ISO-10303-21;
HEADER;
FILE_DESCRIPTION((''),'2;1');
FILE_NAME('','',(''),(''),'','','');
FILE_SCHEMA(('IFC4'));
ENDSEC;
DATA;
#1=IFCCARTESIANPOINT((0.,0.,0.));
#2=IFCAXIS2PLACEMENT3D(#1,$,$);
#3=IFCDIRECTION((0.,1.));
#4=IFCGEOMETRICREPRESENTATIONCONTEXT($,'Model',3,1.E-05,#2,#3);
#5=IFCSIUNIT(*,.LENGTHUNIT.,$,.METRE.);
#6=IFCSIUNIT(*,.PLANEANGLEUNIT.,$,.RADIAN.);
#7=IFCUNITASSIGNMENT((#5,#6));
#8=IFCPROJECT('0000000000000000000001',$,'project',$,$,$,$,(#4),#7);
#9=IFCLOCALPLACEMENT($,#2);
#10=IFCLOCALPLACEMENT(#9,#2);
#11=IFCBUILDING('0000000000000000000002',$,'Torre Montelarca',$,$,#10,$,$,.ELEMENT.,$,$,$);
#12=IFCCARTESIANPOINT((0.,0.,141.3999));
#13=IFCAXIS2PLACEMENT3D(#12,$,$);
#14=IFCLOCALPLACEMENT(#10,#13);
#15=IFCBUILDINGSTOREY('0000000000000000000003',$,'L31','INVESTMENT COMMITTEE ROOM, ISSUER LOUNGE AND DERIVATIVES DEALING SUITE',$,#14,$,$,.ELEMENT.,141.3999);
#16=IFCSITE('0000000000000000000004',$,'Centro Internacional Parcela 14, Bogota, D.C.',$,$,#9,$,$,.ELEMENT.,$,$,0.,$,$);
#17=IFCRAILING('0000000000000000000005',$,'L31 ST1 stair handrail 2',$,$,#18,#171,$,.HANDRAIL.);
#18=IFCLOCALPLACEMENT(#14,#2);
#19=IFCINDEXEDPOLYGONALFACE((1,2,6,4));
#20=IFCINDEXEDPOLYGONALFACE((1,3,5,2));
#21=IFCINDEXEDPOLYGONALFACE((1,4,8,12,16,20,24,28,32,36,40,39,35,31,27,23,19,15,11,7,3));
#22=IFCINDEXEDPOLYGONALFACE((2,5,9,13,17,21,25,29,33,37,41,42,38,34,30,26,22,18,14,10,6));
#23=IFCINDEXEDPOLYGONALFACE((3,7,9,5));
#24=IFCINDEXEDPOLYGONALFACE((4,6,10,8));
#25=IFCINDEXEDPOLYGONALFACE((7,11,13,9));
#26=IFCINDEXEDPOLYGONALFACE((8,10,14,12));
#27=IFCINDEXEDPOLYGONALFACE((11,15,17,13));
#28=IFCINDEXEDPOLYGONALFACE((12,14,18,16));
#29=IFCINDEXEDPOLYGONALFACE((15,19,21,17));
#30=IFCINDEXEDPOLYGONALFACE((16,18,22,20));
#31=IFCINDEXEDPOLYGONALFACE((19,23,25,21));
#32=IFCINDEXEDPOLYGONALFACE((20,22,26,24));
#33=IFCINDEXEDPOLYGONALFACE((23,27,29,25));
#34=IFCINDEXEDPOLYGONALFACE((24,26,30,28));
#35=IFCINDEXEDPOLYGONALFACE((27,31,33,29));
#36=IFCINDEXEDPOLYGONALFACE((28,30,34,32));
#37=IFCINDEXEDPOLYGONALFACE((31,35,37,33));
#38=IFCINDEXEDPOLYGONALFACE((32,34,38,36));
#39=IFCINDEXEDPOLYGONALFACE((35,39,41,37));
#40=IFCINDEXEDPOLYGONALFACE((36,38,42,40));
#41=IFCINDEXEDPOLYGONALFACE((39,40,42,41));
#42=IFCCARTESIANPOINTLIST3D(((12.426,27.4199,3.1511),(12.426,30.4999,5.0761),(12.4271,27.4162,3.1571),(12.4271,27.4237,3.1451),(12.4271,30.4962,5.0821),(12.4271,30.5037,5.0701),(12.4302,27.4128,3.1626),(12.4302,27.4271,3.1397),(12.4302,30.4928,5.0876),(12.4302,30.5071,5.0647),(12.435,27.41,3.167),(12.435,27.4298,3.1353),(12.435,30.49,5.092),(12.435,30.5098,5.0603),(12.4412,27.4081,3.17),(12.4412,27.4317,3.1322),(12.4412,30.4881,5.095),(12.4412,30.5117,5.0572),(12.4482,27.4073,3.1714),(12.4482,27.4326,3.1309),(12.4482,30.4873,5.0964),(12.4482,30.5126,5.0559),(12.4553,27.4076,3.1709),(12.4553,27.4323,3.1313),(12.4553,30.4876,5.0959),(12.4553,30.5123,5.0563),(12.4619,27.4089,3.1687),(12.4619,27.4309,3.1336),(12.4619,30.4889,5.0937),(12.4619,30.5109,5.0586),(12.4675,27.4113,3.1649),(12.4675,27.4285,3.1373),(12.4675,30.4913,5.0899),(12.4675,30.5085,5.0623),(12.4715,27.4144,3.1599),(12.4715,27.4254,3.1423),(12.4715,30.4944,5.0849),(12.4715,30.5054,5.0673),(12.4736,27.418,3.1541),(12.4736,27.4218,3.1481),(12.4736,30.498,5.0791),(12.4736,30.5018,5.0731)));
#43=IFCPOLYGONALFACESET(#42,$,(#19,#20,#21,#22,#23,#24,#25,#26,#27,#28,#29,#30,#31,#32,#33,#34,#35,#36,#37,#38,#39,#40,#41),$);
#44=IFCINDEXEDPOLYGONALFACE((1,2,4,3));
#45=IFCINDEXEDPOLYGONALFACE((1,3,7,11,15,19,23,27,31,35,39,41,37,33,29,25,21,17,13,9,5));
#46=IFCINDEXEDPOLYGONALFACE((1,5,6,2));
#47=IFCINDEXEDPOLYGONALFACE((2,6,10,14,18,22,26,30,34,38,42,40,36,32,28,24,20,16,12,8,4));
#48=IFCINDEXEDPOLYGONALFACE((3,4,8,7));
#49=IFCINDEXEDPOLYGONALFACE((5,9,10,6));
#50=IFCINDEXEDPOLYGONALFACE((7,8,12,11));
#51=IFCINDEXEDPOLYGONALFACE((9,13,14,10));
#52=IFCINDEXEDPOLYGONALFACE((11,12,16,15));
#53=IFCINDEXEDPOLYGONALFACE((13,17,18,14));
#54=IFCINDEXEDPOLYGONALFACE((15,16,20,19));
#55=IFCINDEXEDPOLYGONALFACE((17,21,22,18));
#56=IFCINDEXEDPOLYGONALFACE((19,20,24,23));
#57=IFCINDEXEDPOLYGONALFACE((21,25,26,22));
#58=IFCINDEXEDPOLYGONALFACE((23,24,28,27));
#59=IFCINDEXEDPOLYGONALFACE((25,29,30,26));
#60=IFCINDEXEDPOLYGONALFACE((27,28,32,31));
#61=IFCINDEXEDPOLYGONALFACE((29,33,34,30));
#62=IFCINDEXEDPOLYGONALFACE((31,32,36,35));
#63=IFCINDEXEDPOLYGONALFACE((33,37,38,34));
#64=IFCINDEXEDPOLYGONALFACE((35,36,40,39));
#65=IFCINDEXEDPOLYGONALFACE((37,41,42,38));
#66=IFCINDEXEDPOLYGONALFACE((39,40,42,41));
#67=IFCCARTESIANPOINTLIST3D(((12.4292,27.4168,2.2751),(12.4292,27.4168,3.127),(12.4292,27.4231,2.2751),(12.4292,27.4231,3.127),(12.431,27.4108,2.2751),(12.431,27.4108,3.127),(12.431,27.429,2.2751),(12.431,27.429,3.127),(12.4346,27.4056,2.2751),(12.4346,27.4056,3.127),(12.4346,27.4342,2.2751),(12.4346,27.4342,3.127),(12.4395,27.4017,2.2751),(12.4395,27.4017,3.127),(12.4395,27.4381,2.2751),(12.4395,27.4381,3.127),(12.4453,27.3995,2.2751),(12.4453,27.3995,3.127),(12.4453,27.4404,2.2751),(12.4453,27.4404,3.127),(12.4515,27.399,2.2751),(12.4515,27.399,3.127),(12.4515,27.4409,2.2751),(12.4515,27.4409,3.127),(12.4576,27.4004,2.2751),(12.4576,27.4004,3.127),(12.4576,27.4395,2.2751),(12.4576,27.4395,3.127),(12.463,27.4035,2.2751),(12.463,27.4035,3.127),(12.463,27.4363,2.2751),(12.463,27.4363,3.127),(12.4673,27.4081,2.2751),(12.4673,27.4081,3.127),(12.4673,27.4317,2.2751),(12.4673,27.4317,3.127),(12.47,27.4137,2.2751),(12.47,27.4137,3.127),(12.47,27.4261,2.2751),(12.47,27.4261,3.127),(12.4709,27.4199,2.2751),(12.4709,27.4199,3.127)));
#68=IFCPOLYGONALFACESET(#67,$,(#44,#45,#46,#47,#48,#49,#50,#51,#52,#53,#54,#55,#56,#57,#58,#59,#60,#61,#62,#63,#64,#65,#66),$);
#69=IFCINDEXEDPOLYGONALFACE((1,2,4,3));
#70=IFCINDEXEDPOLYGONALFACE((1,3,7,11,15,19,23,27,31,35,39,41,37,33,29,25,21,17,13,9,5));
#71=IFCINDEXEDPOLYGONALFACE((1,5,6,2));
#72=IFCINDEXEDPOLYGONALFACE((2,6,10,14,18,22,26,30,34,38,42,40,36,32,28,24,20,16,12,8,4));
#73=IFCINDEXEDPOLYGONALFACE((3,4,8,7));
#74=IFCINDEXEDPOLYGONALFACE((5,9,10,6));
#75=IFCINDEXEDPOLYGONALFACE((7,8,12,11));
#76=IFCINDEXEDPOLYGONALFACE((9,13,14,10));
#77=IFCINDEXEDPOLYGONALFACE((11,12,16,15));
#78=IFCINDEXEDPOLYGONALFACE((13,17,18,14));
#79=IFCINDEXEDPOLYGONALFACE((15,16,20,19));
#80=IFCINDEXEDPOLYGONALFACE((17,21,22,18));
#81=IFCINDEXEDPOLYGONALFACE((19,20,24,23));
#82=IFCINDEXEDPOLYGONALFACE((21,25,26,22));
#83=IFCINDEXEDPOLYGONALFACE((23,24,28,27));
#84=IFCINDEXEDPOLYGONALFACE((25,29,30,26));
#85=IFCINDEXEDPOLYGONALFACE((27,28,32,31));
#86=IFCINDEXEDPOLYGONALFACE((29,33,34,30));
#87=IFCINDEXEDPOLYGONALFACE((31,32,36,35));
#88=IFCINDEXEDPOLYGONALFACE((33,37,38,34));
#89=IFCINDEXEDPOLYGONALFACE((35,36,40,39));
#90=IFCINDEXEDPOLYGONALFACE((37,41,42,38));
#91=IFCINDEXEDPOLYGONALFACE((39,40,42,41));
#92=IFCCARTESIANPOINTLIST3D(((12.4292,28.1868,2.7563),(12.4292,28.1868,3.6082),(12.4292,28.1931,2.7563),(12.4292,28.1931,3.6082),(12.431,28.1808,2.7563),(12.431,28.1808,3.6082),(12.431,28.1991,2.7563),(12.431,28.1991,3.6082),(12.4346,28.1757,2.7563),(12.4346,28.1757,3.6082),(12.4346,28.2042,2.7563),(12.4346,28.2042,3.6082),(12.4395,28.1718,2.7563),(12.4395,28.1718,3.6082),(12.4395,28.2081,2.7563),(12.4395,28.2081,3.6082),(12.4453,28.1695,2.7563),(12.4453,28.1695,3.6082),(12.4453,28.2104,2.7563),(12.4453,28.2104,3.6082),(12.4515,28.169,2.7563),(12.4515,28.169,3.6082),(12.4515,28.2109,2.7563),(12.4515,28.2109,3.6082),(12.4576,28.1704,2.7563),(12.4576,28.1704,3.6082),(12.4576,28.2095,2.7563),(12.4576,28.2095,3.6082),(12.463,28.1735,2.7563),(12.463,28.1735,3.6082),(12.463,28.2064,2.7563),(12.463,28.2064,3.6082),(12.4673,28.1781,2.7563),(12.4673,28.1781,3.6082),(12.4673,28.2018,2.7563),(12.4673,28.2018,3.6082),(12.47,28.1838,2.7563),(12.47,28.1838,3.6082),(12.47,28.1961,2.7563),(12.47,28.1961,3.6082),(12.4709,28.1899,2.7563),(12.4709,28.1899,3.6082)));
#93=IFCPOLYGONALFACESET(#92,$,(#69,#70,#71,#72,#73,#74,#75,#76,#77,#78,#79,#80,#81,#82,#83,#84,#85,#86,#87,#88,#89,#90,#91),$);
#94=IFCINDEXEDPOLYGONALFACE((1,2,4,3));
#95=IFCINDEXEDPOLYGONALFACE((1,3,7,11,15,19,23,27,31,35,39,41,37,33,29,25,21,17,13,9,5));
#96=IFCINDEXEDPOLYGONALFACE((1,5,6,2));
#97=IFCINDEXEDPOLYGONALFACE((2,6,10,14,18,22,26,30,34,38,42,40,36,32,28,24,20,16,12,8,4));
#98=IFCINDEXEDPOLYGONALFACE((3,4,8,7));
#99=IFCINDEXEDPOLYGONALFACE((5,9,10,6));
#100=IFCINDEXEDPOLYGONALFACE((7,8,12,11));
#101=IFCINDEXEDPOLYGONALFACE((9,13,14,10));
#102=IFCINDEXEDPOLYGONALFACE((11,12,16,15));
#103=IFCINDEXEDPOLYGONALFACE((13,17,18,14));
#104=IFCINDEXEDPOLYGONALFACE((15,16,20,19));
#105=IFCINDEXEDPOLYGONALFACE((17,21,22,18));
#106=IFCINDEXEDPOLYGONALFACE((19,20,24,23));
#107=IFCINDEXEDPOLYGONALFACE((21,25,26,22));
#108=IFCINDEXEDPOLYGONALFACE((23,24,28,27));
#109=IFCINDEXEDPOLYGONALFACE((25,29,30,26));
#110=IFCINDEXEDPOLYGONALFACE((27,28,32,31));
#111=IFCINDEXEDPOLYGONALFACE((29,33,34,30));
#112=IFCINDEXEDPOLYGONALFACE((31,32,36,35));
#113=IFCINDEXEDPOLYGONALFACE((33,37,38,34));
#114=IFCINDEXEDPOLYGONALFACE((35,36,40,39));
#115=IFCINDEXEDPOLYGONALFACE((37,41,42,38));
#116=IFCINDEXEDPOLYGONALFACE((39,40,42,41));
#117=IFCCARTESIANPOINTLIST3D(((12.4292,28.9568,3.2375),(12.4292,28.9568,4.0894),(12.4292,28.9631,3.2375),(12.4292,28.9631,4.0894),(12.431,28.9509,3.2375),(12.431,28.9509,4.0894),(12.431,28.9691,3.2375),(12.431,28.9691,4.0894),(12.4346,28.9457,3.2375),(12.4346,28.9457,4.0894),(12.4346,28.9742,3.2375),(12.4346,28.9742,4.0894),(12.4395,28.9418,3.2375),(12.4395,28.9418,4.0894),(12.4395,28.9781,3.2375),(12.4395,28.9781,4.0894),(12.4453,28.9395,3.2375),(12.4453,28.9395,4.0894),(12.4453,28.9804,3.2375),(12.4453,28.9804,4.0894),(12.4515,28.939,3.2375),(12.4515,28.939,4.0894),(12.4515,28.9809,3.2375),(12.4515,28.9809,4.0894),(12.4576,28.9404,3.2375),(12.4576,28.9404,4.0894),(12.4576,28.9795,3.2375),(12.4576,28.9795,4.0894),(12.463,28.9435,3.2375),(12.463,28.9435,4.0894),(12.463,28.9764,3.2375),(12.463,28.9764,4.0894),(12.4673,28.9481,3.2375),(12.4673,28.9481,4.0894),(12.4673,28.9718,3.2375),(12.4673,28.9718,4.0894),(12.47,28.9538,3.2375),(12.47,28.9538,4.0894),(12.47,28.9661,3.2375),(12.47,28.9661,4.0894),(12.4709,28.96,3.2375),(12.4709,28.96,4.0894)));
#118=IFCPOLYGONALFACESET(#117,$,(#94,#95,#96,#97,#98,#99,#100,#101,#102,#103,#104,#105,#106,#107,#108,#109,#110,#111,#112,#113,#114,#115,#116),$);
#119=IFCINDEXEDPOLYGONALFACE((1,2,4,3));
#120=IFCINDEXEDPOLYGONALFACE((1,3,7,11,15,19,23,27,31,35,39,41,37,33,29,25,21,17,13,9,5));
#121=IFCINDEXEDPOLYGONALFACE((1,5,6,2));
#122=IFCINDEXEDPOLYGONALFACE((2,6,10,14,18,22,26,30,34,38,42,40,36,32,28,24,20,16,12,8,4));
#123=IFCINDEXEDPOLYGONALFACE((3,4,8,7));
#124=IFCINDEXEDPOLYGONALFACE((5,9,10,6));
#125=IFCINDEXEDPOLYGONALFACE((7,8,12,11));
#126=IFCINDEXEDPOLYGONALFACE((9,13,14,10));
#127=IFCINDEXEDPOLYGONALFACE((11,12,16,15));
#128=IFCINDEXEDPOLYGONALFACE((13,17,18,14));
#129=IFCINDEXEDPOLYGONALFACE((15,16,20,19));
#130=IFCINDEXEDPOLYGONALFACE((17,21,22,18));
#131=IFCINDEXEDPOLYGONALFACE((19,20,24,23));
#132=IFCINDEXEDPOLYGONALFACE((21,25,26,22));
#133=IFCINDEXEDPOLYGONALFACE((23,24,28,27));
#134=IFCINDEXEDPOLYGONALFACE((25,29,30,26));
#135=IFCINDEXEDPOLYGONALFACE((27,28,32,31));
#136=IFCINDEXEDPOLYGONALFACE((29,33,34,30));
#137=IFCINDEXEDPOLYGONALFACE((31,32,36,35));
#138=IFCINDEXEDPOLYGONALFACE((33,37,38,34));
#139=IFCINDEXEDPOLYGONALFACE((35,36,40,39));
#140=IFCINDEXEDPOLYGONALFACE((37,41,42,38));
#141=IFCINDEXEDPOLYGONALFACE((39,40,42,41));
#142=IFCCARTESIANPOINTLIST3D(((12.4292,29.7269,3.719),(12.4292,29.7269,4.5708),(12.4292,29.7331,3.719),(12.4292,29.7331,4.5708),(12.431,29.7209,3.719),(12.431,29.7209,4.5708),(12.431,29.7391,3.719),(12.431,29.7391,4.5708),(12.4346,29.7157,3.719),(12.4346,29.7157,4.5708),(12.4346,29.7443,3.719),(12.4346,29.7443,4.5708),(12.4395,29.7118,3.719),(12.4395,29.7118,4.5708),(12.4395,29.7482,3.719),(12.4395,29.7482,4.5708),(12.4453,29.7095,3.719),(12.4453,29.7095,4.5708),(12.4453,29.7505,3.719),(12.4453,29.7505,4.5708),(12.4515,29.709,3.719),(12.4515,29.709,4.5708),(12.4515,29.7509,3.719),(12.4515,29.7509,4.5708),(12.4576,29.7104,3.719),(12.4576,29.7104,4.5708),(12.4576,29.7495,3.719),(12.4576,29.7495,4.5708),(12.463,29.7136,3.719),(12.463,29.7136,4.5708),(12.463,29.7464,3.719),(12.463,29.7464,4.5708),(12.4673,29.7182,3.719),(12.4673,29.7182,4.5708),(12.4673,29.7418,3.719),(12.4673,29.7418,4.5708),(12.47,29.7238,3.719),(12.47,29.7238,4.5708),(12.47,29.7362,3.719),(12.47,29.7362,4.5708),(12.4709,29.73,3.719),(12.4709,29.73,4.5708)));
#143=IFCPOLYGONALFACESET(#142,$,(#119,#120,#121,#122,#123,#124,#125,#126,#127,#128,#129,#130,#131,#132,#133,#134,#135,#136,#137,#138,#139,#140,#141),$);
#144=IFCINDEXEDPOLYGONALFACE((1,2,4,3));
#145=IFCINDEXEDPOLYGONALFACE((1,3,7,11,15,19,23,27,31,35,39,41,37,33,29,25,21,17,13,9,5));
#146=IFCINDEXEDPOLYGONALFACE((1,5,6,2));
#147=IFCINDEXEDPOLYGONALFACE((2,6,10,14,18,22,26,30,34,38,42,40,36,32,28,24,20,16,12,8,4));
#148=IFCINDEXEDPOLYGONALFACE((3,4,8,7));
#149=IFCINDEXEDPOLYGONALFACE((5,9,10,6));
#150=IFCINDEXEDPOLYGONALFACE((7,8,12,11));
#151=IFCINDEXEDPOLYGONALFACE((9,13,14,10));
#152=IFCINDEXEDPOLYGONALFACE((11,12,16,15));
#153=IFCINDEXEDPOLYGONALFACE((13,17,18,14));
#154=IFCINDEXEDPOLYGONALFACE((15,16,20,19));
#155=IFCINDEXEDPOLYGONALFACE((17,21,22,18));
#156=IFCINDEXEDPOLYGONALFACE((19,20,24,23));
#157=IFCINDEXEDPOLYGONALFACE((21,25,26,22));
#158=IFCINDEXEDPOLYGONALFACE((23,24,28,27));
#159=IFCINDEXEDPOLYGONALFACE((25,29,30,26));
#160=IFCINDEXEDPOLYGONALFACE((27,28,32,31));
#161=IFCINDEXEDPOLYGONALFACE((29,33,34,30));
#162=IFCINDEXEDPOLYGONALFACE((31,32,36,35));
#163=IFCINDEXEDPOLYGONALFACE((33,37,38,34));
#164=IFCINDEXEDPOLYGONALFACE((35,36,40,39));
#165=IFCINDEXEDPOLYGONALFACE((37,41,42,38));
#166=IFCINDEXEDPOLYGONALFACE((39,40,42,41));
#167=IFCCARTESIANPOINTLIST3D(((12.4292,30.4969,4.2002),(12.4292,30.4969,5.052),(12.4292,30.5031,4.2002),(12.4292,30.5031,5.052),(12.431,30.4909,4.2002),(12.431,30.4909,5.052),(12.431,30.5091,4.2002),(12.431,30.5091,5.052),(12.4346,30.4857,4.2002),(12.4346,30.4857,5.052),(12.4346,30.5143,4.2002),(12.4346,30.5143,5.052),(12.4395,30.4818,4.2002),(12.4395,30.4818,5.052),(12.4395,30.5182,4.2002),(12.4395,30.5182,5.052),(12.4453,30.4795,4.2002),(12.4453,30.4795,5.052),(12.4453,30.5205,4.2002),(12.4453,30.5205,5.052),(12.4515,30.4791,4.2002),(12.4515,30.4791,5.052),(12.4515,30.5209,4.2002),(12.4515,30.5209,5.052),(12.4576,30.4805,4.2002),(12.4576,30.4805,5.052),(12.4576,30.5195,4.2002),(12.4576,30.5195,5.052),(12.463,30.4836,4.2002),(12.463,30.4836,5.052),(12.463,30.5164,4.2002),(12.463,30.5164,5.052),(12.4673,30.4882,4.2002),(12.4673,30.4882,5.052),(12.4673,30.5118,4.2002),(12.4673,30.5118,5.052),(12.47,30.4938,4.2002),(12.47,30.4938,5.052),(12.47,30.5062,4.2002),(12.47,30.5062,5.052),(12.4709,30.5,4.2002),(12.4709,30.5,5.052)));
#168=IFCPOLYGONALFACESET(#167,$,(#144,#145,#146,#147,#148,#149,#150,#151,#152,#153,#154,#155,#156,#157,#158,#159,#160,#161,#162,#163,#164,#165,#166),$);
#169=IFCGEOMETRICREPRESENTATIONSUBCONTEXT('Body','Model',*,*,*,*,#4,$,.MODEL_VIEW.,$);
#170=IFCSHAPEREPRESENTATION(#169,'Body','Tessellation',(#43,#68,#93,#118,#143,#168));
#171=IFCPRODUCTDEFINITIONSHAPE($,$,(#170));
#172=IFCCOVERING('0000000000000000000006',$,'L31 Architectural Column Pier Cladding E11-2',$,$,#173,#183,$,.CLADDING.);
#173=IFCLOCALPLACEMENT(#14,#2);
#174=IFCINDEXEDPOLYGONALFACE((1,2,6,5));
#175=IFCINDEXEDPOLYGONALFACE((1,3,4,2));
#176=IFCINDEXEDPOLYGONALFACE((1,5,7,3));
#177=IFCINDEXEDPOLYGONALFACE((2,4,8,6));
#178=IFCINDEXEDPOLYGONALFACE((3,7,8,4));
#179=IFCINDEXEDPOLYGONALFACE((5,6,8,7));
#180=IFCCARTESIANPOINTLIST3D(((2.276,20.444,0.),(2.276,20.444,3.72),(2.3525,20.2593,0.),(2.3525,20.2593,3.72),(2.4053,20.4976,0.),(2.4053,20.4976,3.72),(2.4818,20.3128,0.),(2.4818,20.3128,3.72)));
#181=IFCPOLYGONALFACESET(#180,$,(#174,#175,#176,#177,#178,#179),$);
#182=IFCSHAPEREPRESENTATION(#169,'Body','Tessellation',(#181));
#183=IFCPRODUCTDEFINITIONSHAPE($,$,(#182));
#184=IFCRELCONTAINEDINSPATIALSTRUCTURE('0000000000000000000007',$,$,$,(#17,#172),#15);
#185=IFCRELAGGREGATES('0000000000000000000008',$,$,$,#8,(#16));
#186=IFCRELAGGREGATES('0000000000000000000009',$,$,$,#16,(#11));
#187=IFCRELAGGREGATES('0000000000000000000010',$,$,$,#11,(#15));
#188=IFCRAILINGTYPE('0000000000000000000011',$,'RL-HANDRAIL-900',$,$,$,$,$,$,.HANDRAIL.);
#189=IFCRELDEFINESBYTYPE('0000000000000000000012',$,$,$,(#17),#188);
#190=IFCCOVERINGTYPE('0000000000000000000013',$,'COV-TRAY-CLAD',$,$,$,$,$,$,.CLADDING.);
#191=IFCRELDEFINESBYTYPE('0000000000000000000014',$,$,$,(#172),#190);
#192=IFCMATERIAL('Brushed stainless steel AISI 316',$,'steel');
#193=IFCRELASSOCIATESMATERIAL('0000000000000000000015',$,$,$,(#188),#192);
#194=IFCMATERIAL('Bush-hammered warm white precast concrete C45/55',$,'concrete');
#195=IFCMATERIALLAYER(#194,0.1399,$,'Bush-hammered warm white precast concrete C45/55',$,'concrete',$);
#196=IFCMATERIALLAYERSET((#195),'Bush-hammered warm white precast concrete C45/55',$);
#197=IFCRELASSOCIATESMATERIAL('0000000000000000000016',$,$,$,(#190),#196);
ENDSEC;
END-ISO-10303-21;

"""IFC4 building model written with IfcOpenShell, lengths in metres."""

from ifc_helpers import new_model, si_unit, direction, frame, origin, origin_2d, place, context, subcontext, project, spatial, rectangle, circle, extrude, source, transform, mapped, material, layer, layer_set, type_object, element, save


model = new_model("IFC4")

# Units and contexts
model_context = context("Model", 3, precision=1e-05, world=origin(), true_north=direction((0.0, 1.0)))
body_context = subcontext(model_context, "Body", "Model", "MODEL_VIEW")
ifc_project = project(units=[si_unit("LENGTHUNIT", "METRE"), si_unit("PLANEANGLEUNIT", "RADIAN")], contexts=[model_context])

# Site, building, storey
site_placement = place(None, origin())
site = spatial("IfcSite", under=ifc_project, at=site_placement, Name="Centro Internacional Parcela 14, Bogota, D.C.", CompositionType="ELEMENT", RefElevation=0.0)
building_placement = place(site_placement, origin())
building = spatial("IfcBuilding", under=site, at=building_placement, Name="Torre Montelarca", CompositionType="ELEMENT")
storey_placement = place(building_placement, frame((0.0, 0.0, 141.3999)))
storey = spatial("IfcBuildingStorey", under=building, at=storey_placement, Name="L31", Description="INVESTMENT COMMITTEE ROOM, ISSUER LOUNGE AND DERIVATIVES DEALING SUITE", CompositionType="ELEMENT", Elevation=141.3999)

# Railing
ifc_material_1 = material(Name="Brushed stainless steel AISI 316", Category="steel")
railing_type_1 = type_object("IfcRailingType", Name="RL-HANDRAIL-900", PredefinedType="HANDRAIL", material=ifc_material_1)
railing_1_placement = place(storey_placement, frame((12.45, 27.4199, 2.2751)))
element("IfcRailing", 1, at=railing_1_placement, inside=storey, type_object=railing_type_1, Name="L31 ST1 stair handrail 2", PredefinedType="HANDRAIL", context=body_context, shape_type="SweptSolid", body=[
    extrude(circle(Radius=0.0239, at=origin_2d()), frame((0.0, 0.0, 0.876), z_axis=(0.0, 0.847998, 0.529999), x_axis=(-1.0, 0.0, 0.0)), (0.0, 0.0, 1.0), 3.6321),
    extrude(circle(Radius=0.021, at=origin_2d()), origin(), (0.0, 0.0, 1.0), 0.8518),
    extrude(circle(Radius=0.021, at=origin_2d()), frame((0.0, 0.77, 0.4812)), (0.0, 0.0, 1.0), 0.8518),
    extrude(circle(Radius=0.021, at=origin_2d()), frame((0.0, 1.54, 0.9624)), (0.0, 0.0, 1.0), 0.8518),
    extrude(circle(Radius=0.021, at=origin_2d()), frame((0.0, 2.3101, 1.4438)), (0.0, 0.0, 1.0), 0.8518),
    extrude(circle(Radius=0.021, at=origin_2d()), frame((0.0, 3.0801, 1.925)), (0.0, 0.0, 1.0), 0.8518),
])

# Covering
ifc_material_2 = material(Name="Bush-hammered warm white precast concrete C45/55", Category="concrete")
ifc_layer_1 = layer(ifc_material_2, 0.1399, Name="Bush-hammered warm white precast concrete C45/55", Category="concrete")
ifc_layer_set_1 = layer_set([ifc_layer_1], Name="Bush-hammered warm white precast concrete C45/55")
covering_type = type_object("IfcCoveringType", Name="COV-TRAY-CLAD", PredefinedType="CLADDING", material=ifc_layer_set_1)
shared_shape_1 = source(origin(), body_context, "Body", "SweptSolid", [
    extrude(rectangle(XDim=0.2, YDim=0.1399, at=origin_2d()), origin(), (0.0, 0.0, 1.0), 3.72),
])
covering_placement = place(storey_placement, frame((2.3789, 20.3784, 0.0), z_axis=(0.0, 0.0, 1.0), x_axis=(0.382688, -0.923878, 0.0)))
element("IfcCovering", 2, at=covering_placement, inside=storey, type_object=covering_type, Name="L31 Architectural Column Pier Cladding E11-2", PredefinedType="CLADDING", context=body_context, shape_type="MappedRepresentation", body=[
    mapped(shared_shape_1, transform((0.0, 0.0, 0.0), scale=1.0)),
])

save(model, "model.ifc")
